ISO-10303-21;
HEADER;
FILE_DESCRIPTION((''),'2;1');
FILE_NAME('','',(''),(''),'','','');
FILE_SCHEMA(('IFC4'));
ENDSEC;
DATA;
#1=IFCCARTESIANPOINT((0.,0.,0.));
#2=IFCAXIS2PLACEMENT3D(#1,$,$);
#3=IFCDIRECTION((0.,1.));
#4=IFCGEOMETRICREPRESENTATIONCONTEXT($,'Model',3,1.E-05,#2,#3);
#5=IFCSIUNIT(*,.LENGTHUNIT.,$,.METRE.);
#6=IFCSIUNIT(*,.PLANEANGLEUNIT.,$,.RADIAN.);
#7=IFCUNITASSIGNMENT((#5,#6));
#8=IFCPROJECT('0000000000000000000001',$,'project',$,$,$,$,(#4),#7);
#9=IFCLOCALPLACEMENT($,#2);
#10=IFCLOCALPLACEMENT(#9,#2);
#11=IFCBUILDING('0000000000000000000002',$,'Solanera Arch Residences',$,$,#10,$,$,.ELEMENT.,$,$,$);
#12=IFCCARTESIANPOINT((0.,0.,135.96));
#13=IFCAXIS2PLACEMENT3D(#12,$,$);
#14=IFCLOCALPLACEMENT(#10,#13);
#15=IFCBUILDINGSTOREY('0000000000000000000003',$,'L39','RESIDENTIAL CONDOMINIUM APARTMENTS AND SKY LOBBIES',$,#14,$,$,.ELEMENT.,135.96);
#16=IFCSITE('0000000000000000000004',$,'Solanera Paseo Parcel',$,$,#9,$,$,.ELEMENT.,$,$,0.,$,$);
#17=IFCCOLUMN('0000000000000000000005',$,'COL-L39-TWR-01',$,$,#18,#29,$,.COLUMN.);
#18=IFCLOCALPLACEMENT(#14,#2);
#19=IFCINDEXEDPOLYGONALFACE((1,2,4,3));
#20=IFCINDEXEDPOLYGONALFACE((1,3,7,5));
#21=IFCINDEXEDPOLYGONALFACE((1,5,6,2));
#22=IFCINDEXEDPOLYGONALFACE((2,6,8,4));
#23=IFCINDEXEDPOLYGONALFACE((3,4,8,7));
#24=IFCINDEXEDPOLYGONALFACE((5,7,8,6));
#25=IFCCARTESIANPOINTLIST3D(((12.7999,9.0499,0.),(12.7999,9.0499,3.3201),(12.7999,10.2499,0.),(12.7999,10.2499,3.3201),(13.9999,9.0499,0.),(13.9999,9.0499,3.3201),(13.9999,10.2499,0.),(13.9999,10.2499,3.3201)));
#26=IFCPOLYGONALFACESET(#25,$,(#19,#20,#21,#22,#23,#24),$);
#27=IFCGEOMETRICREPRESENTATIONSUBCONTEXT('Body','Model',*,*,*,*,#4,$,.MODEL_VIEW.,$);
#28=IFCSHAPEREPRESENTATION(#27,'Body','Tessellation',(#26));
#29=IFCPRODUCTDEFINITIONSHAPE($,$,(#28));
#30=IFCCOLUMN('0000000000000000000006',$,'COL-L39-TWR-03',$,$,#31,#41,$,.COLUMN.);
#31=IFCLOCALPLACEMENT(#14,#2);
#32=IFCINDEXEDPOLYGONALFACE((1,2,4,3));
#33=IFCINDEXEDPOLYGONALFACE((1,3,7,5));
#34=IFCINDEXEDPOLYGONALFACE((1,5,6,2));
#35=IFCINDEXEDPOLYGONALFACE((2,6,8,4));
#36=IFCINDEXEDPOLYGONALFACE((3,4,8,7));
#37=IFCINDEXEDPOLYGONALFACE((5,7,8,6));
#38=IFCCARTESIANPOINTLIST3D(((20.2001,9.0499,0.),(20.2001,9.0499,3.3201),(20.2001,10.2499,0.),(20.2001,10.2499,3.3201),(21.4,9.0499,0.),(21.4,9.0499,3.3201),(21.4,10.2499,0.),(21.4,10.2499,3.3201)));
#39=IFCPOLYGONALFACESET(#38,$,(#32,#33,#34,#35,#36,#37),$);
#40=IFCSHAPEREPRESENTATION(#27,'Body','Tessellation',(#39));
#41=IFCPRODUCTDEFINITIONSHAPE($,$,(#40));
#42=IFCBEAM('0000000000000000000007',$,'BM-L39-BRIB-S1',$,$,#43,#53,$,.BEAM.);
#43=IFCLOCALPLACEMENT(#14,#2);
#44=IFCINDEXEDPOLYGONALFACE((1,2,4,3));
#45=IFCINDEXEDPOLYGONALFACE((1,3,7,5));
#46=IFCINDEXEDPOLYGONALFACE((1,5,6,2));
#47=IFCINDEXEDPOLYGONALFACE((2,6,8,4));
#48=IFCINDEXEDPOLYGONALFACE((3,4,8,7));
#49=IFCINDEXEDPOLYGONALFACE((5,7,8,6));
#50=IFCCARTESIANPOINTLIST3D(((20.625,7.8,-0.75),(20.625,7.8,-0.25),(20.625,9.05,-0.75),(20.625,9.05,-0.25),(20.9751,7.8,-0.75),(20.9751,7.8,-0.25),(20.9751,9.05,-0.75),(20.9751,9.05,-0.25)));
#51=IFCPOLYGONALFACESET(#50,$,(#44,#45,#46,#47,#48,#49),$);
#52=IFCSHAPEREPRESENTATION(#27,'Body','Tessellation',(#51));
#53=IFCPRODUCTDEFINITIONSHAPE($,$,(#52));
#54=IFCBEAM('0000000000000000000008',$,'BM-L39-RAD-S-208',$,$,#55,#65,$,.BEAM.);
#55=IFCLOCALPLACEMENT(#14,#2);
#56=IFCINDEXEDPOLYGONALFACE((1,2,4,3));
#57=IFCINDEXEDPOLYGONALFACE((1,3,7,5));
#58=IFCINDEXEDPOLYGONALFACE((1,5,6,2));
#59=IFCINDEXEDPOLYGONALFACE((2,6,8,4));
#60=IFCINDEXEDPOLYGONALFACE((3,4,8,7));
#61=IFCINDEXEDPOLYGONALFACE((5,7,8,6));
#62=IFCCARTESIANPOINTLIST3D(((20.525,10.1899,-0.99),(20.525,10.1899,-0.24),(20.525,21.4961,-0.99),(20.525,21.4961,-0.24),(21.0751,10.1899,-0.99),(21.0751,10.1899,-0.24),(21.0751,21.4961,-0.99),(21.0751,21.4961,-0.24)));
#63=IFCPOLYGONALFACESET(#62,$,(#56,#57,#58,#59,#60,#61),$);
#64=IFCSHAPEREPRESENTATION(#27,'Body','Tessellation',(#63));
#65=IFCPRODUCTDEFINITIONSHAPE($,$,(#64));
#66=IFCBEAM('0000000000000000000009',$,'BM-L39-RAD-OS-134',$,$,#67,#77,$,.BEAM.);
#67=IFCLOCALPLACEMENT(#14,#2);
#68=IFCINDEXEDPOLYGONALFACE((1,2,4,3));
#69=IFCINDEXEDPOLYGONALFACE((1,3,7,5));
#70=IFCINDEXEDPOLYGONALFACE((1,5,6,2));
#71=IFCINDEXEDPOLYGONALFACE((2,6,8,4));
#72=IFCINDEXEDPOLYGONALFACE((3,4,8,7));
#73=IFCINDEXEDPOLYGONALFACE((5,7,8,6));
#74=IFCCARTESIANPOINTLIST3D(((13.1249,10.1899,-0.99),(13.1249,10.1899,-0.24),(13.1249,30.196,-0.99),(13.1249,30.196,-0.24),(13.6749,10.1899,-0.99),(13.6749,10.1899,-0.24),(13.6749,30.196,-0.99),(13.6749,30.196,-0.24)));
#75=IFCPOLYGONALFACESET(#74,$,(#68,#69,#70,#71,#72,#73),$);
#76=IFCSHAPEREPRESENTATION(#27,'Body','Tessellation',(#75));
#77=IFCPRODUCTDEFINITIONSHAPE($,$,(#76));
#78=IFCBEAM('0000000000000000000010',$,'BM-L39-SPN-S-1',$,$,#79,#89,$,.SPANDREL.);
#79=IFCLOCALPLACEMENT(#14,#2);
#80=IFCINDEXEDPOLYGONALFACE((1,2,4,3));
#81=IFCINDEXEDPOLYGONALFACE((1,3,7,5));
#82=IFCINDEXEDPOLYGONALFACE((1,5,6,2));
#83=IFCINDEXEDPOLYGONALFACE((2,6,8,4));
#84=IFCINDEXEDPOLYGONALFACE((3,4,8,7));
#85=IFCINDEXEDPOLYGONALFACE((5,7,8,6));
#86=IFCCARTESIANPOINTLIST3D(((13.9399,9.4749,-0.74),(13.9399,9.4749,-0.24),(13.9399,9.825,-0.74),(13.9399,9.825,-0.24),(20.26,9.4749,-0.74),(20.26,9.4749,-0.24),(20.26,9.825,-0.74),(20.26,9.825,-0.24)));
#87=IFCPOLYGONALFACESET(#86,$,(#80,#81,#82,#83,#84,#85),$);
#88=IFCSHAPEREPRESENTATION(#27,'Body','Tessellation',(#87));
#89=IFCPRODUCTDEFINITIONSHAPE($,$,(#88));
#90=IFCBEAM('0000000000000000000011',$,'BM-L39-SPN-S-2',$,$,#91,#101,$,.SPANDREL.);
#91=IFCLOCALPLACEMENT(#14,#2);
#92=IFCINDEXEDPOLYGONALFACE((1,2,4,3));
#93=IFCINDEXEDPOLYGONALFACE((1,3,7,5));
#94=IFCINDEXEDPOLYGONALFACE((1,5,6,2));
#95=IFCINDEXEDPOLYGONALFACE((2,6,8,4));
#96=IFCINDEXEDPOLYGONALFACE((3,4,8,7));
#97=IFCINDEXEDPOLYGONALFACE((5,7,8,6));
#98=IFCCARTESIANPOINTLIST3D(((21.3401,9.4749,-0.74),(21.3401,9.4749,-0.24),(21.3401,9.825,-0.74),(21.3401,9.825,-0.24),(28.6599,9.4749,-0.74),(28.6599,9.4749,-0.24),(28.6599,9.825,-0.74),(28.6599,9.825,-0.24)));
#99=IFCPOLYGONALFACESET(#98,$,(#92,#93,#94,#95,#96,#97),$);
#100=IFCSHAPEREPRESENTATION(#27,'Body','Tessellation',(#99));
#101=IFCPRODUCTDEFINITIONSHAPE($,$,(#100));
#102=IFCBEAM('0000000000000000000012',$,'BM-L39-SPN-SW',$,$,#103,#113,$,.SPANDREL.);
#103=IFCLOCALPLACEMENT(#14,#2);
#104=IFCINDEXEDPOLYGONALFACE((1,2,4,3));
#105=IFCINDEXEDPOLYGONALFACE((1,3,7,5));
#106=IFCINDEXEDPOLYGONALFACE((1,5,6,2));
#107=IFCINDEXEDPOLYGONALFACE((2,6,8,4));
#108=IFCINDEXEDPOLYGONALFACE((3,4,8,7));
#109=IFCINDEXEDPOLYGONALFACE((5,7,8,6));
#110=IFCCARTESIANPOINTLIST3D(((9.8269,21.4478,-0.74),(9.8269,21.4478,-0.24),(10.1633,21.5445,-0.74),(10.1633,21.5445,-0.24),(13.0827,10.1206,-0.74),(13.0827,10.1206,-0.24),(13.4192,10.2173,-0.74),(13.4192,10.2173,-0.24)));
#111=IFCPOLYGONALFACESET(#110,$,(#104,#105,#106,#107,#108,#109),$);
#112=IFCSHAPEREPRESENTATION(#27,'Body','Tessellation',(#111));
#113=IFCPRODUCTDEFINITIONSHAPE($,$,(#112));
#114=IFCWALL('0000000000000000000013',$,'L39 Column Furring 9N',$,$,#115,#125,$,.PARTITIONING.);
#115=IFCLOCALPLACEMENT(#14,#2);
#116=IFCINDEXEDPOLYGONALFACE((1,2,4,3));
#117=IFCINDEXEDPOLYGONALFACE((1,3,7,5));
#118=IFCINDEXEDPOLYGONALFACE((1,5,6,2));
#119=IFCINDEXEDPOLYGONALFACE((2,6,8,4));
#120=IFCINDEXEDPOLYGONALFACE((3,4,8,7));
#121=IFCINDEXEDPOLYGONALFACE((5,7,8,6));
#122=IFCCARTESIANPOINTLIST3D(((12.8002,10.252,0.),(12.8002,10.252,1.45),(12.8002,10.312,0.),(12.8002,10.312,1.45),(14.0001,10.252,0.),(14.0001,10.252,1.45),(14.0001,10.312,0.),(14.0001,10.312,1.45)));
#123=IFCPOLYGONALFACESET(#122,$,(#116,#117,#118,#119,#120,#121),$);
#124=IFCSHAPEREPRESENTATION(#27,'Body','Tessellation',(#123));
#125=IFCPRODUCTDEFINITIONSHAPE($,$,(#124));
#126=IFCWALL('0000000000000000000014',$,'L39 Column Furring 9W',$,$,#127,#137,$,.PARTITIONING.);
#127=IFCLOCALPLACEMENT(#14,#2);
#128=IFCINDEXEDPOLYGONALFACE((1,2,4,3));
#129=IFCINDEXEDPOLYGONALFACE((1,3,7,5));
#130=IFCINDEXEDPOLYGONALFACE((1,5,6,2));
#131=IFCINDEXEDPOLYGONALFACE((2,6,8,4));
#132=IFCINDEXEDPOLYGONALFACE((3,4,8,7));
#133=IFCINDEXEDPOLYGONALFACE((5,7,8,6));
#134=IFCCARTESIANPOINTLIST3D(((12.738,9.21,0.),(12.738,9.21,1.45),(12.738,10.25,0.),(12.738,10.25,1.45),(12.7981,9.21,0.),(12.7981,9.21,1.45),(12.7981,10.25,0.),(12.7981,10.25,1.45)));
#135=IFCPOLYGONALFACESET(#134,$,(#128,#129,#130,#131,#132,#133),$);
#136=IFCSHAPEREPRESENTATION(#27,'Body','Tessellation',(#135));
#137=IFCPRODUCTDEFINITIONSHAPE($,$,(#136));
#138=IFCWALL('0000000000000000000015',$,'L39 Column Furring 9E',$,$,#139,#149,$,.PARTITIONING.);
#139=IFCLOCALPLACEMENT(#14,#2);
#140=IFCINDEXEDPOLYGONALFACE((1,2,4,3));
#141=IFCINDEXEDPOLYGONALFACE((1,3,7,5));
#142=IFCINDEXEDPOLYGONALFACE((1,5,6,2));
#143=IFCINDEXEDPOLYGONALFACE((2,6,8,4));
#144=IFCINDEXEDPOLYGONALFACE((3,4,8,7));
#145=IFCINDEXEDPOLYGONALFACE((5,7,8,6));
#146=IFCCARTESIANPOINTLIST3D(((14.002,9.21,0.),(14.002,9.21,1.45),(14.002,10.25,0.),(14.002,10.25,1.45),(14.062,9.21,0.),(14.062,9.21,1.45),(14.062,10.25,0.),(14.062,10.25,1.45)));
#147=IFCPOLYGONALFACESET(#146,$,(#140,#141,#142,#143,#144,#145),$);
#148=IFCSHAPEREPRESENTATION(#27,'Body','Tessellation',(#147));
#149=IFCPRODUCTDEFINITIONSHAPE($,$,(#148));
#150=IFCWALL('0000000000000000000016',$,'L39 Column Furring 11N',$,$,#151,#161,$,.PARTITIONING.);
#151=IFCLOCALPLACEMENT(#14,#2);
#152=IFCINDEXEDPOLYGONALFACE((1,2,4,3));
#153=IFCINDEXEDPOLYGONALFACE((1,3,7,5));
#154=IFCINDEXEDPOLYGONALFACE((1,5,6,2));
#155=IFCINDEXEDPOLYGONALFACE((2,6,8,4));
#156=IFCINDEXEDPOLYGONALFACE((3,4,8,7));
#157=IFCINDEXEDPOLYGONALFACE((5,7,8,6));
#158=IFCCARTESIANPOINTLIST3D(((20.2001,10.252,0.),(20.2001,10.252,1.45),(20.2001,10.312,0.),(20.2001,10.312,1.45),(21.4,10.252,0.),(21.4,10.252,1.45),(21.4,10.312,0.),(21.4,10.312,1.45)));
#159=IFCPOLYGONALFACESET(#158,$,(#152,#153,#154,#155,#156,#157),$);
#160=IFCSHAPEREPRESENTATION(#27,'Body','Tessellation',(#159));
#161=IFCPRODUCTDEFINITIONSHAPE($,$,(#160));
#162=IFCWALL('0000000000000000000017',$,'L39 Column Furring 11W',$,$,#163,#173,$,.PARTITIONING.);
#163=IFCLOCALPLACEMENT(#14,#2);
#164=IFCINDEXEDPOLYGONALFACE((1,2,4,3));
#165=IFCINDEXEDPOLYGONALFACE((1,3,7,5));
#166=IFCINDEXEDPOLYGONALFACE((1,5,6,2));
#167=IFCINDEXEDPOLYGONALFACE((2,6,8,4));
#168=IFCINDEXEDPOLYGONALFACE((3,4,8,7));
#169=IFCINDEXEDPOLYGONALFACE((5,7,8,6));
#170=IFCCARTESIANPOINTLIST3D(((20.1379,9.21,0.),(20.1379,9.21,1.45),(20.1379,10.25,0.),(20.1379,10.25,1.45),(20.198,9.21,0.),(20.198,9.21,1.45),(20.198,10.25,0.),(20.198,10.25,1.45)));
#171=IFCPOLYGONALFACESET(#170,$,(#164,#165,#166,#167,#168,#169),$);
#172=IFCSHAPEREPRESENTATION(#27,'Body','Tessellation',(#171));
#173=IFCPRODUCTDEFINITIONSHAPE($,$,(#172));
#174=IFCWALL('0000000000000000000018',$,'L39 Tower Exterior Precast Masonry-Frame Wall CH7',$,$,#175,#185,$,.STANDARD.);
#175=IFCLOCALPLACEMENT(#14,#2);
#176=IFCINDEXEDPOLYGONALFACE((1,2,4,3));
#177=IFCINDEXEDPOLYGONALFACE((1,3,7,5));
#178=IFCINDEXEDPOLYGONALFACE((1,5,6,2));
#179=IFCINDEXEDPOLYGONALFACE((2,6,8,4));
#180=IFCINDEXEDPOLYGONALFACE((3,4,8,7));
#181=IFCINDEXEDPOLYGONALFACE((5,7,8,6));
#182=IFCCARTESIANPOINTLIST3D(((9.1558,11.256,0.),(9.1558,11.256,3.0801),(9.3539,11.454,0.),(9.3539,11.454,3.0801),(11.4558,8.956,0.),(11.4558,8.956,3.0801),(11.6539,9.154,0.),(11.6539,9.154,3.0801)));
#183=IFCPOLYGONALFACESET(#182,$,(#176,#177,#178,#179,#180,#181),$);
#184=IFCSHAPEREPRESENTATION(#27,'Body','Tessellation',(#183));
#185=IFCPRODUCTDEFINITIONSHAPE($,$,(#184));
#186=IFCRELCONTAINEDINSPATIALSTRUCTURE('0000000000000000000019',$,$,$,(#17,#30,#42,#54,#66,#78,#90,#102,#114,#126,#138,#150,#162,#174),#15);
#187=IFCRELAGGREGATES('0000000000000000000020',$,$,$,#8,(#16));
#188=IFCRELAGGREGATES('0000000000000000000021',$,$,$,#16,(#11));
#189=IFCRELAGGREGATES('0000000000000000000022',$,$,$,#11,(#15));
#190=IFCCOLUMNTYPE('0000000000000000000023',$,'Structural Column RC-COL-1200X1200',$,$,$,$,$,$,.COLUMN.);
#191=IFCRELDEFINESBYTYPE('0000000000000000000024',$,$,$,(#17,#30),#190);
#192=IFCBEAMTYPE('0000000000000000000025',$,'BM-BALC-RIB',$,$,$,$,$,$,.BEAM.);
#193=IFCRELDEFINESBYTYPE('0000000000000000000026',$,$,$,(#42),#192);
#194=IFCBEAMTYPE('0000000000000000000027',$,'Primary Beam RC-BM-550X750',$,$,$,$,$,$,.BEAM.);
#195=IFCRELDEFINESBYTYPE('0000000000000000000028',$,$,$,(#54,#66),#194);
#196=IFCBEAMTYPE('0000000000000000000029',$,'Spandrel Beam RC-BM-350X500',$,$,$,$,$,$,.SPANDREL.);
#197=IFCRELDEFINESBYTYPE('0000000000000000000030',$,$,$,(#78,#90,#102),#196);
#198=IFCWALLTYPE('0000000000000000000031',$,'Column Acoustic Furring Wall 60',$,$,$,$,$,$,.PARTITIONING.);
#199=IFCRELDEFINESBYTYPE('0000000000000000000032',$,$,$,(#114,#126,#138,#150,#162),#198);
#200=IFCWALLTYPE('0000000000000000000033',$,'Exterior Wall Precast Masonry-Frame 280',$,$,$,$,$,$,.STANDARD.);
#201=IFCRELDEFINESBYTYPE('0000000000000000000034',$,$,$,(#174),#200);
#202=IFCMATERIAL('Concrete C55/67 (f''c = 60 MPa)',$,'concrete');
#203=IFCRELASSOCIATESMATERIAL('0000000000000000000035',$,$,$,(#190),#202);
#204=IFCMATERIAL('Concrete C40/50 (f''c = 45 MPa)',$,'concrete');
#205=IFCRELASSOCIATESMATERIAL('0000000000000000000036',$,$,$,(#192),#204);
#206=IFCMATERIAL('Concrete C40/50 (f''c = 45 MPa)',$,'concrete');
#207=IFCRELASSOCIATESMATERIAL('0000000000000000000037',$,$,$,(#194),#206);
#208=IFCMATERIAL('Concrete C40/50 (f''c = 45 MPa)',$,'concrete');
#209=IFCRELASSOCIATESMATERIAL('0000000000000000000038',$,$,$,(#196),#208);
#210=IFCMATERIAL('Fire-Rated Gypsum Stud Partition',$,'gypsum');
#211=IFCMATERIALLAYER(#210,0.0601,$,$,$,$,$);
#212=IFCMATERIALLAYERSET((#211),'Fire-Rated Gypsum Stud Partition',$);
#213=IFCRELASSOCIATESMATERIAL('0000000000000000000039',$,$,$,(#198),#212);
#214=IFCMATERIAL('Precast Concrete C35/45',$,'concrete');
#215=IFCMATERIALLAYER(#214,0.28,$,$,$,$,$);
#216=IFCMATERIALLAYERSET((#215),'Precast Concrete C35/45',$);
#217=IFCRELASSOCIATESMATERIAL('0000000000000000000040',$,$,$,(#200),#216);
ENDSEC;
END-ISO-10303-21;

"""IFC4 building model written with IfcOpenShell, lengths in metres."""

from ifc_helpers import new_model, si_unit, direction, frame, frame_2d, origin, origin_2d, place, context, subcontext, project, spatial, rectangle, extrude, material, layer, layer_set, material_profile, profile_set, type_object, element, save


model = new_model("IFC4")

# Units and contexts
model_context = context("Model", 3, precision=1e-05, world=origin(), true_north=direction((0.0, 1.0)))
body_context = subcontext(model_context, "Body", "Model", "MODEL_VIEW")
ifc_project = project(units=[si_unit("LENGTHUNIT", "METRE"), si_unit("PLANEANGLEUNIT", "RADIAN")], contexts=[model_context])

# Site, building, storey
site_placement = place(None, origin())
site = spatial("IfcSite", under=ifc_project, at=site_placement, Name="Solanera Paseo Parcel", CompositionType="ELEMENT", RefElevation=0.0)
building_placement = place(site_placement, origin())
building = spatial("IfcBuilding", under=site, at=building_placement, Name="Solanera Arch Residences", CompositionType="ELEMENT")
storey_placement = place(building_placement, frame((0.0, 0.0, 135.96)))
storey = spatial("IfcBuildingStorey", under=building, at=storey_placement, Name="L39", Description="RESIDENTIAL CONDOMINIUM APARTMENTS AND SKY LOBBIES", CompositionType="ELEMENT", Elevation=135.96)

# Columns
ifc_material_1 = material(Name="Concrete C55/67 (f'c = 60 MPa)", Category="concrete")
ifc_material_profile_1 = material_profile(ifc_material_1, rectangle(XDim=1.2, YDim=1.2, at=origin_2d()))
ifc_profile_set_1 = profile_set([ifc_material_profile_1], Name="Concrete C55/67 (f'c = 60 MPa)")
column_type = type_object("IfcColumnType", Name="Structural Column RC-COL-1200X1200", PredefinedType="COLUMN", material=ifc_profile_set_1)
for number, where, z_axis, x_axis, name in (
    (1, (13.3999, 9.6499, 0.0), (0.0, 0.0, 1.0), (1.0, 0.0, 0.0), "COL-L39-TWR-01"),
    (2, (20.8, 9.6499, 0.0), (0.0, 0.0, 1.0), (1.0, 0.0, 0.0), "COL-L39-TWR-03"),
):
    element("IfcColumn", number, at=place(storey_placement, frame(where, z_axis=z_axis, x_axis=x_axis)), inside=storey, type_object=column_type, Name=name, PredefinedType="COLUMN", context=body_context, shape_type="SweptSolid", body=[
        extrude(rectangle(XDim=1.2, YDim=1.2, at=origin_2d()), origin(), (0.0, 0.0, 1.0), 3.3201),
    ])

# Beams
ifc_material_2 = material(Name="Concrete C40/50 (f'c = 45 MPa)", Category="concrete")
ifc_material_profile_2 = material_profile(ifc_material_2, rectangle(XDim=0.3501, YDim=0.5, at=origin_2d()))
ifc_profile_set_2 = profile_set([ifc_material_profile_2], Name="Concrete C40/50 (f'c = 45 MPa)")
beam_type_1 = type_object("IfcBeamType", Name="BM-BALC-RIB", PredefinedType="BEAM", material=ifc_profile_set_2)
beam_1_placement = place(storey_placement, frame((20.8, 7.8, -0.5), z_axis=(0.0, 1.0, 0.0), x_axis=(-1.0, 0.0, 0.0)))
element("IfcBeam", 3, at=beam_1_placement, inside=storey, type_object=beam_type_1, Name="BM-L39-BRIB-S1", PredefinedType="BEAM", context=body_context, shape_type="SweptSolid", body=[
    extrude(rectangle(XDim=0.3501, YDim=0.5, at=origin_2d()), origin(), (0.0, 0.0, 1.0), 1.25),
])
ifc_material_3 = material(Name="Concrete C40/50 (f'c = 45 MPa)", Category="concrete")
ifc_material_profile_3 = material_profile(ifc_material_3, rectangle(XDim=0.55, YDim=0.75, at=origin_2d()))
ifc_profile_set_3 = profile_set([ifc_material_profile_3], Name="Concrete C40/50 (f'c = 45 MPa)")
beam_type_2 = type_object("IfcBeamType", Name="Primary Beam RC-BM-550X750", PredefinedType="BEAM", material=ifc_profile_set_3)
beam_2_placement = place(storey_placement, frame((20.8, 10.1899, -0.615), z_axis=(0.0, 1.0, 0.0), x_axis=(-1.0, 0.0, 0.0)))
element("IfcBeam", 4, at=beam_2_placement, inside=storey, type_object=beam_type_2, Name="BM-L39-RAD-S-208", PredefinedType="BEAM", context=body_context, shape_type="SweptSolid", body=[
    extrude(rectangle(XDim=0.55, YDim=0.75, at=origin_2d()), origin(), (0.0, 0.0, 1.0), 11.3062),
])
beam_3_placement = place(storey_placement, frame((13.3999, 10.1899, -0.615), z_axis=(0.0, 1.0, 0.0), x_axis=(-1.0, 0.0, 0.0)))
element("IfcBeam", 5, at=beam_3_placement, inside=storey, type_object=beam_type_2, Name="BM-L39-RAD-OS-134", PredefinedType="BEAM", context=body_context, shape_type="SweptSolid", body=[
    extrude(rectangle(XDim=0.55, YDim=0.75, at=origin_2d()), origin(), (0.0, 0.0, 1.0), 20.0061),
])
ifc_material_4 = material(Name="Concrete C40/50 (f'c = 45 MPa)", Category="concrete")
ifc_material_profile_4 = material_profile(ifc_material_4, rectangle(XDim=0.3501, YDim=0.5, at=origin_2d()))
ifc_profile_set_4 = profile_set([ifc_material_profile_4], Name="Concrete C40/50 (f'c = 45 MPa)")
beam_type_3 = type_object("IfcBeamType", Name="Spandrel Beam RC-BM-350X500", PredefinedType="SPANDREL", material=ifc_profile_set_4)
beam_4_placement = place(storey_placement, frame((13.9399, 9.6499, -0.49), z_axis=(1.0, 0.0, 0.0), x_axis=(0.0, 1.0, 0.0)))
element("IfcBeam", 6, at=beam_4_placement, inside=storey, type_object=beam_type_3, Name="BM-L39-SPN-S-1", PredefinedType="SPANDREL", context=body_context, shape_type="SweptSolid", body=[
    extrude(rectangle(XDim=0.3501, YDim=0.5, at=origin_2d()), origin(), (0.0, 0.0, 1.0), 6.3201),
])
beam_5_placement = place(storey_placement, frame((21.3401, 9.6499, -0.49), z_axis=(1.0, 0.0, 0.0), x_axis=(0.0, 1.0, 0.0)))
element("IfcBeam", 7, at=beam_5_placement, inside=storey, type_object=beam_type_3, Name="BM-L39-SPN-S-2", PredefinedType="SPANDREL", context=body_context, shape_type="SweptSolid", body=[
    extrude(rectangle(XDim=0.3501, YDim=0.5, at=origin_2d()), origin(), (0.0, 0.0, 1.0), 7.3198),
])
beam_6_placement = place(storey_placement, frame((13.251, 10.1689, -0.49), z_axis=(-0.276253, 0.961085, 0.0), x_axis=(-0.961085, -0.276253, 0.0)))
element("IfcBeam", 8, at=beam_6_placement, inside=storey, type_object=beam_type_3, Name="BM-L39-SPN-SW", PredefinedType="SPANDREL", context=body_context, shape_type="SweptSolid", body=[
    extrude(rectangle(XDim=0.3501, YDim=0.5, at=origin_2d()), origin(), (0.0, 0.0, 1.0), 11.7859),
])

# Walls
ifc_material_5 = material(Name="Fire-Rated Gypsum Stud Partition", Category="gypsum")
ifc_layer_1 = layer(ifc_material_5, 0.0601)
ifc_layer_set_1 = layer_set([ifc_layer_1], Name="Fire-Rated Gypsum Stud Partition")
wall_type_1 = type_object("IfcWallType", Name="Column Acoustic Furring Wall 60", PredefinedType="PARTITIONING", material=ifc_layer_set_1)
wall_1_placement = place(storey_placement, frame((12.8, 10.282, 0.0), z_axis=(0.0, 0.0, 1.0), x_axis=(1.0, 0.0, 0.0)))
element("IfcWall", 9, at=wall_1_placement, inside=storey, type_object=wall_type_1, Name="L39 Column Furring 9N", PredefinedType="PARTITIONING", context=body_context, shape_type="SweptSolid", body=[
    extrude(rectangle(XDim=1.2, YDim=0.0601, at=frame_2d((0.6001, 0.0))), origin(), (0.0, 0.0, 1.0), 1.45),
])
for number, where, z_axis, x_axis, name in (
    (10, (12.7681, 9.21, 0.0), (0.0, 0.0, 1.0), (0.0, 1.0, 0.0), "L39 Column Furring 9W"),
    (11, (14.032, 9.21, 0.0), (0.0, 0.0, 1.0), (0.0, 1.0, 0.0), "L39 Column Furring 9E"),
):
    element("IfcWall", number, at=place(storey_placement, frame(where, z_axis=z_axis, x_axis=x_axis)), inside=storey, type_object=wall_type_1, Name=name, PredefinedType="PARTITIONING", context=body_context, shape_type="SweptSolid", body=[
        extrude(rectangle(XDim=1.04, YDim=0.0601, at=frame_2d((0.52, 0.0))), origin(), (0.0, 0.0, 1.0), 1.45),
    ])
wall_2_placement = place(storey_placement, frame((20.2, 10.282, 0.0), z_axis=(0.0, 0.0, 1.0), x_axis=(1.0, 0.0, 0.0)))
element("IfcWall", 12, at=wall_2_placement, inside=storey, type_object=wall_type_1, Name="L39 Column Furring 11N", PredefinedType="PARTITIONING", context=body_context, shape_type="SweptSolid", body=[
    extrude(rectangle(XDim=1.2, YDim=0.0601, at=frame_2d((0.6001, 0.0))), origin(), (0.0, 0.0, 1.0), 1.45),
])
wall_3_placement = place(storey_placement, frame((20.168, 9.21, 0.0), z_axis=(0.0, 0.0, 1.0), x_axis=(0.0, 1.0, 0.0)))
element("IfcWall", 13, at=wall_3_placement, inside=storey, type_object=wall_type_1, Name="L39 Column Furring 11W", PredefinedType="PARTITIONING", context=body_context, shape_type="SweptSolid", body=[
    extrude(rectangle(XDim=1.04, YDim=0.0601, at=frame_2d((0.52, 0.0))), origin(), (0.0, 0.0, 1.0), 1.45),
])
ifc_material_6 = material(Name="Precast Concrete C35/45", Category="concrete")
ifc_layer_2 = layer(ifc_material_6, 0.28)
ifc_layer_set_2 = layer_set([ifc_layer_2], Name="Precast Concrete C35/45")
wall_type_2 = type_object("IfcWallType", Name="Exterior Wall Precast Masonry-Frame 280", PredefinedType="STANDARD", material=ifc_layer_set_2)
wall_4_placement = place(storey_placement, frame((11.5549, 9.0549, 0.0), z_axis=(0.0, 0.0, 1.0), x_axis=(-0.707107, 0.707107, 0.0)))
element("IfcWall", 14, at=wall_4_placement, inside=storey, type_object=wall_type_2, Name="L39 Tower Exterior Precast Masonry-Frame Wall CH7", PredefinedType="STANDARD", context=body_context, shape_type="SweptSolid", body=[
    extrude(rectangle(XDim=3.2527, YDim=0.28, at=frame_2d((1.6265, 0.0))), origin(), (0.0, 0.0, 1.0), 3.0801),
])

save(model, "model.ifc")
